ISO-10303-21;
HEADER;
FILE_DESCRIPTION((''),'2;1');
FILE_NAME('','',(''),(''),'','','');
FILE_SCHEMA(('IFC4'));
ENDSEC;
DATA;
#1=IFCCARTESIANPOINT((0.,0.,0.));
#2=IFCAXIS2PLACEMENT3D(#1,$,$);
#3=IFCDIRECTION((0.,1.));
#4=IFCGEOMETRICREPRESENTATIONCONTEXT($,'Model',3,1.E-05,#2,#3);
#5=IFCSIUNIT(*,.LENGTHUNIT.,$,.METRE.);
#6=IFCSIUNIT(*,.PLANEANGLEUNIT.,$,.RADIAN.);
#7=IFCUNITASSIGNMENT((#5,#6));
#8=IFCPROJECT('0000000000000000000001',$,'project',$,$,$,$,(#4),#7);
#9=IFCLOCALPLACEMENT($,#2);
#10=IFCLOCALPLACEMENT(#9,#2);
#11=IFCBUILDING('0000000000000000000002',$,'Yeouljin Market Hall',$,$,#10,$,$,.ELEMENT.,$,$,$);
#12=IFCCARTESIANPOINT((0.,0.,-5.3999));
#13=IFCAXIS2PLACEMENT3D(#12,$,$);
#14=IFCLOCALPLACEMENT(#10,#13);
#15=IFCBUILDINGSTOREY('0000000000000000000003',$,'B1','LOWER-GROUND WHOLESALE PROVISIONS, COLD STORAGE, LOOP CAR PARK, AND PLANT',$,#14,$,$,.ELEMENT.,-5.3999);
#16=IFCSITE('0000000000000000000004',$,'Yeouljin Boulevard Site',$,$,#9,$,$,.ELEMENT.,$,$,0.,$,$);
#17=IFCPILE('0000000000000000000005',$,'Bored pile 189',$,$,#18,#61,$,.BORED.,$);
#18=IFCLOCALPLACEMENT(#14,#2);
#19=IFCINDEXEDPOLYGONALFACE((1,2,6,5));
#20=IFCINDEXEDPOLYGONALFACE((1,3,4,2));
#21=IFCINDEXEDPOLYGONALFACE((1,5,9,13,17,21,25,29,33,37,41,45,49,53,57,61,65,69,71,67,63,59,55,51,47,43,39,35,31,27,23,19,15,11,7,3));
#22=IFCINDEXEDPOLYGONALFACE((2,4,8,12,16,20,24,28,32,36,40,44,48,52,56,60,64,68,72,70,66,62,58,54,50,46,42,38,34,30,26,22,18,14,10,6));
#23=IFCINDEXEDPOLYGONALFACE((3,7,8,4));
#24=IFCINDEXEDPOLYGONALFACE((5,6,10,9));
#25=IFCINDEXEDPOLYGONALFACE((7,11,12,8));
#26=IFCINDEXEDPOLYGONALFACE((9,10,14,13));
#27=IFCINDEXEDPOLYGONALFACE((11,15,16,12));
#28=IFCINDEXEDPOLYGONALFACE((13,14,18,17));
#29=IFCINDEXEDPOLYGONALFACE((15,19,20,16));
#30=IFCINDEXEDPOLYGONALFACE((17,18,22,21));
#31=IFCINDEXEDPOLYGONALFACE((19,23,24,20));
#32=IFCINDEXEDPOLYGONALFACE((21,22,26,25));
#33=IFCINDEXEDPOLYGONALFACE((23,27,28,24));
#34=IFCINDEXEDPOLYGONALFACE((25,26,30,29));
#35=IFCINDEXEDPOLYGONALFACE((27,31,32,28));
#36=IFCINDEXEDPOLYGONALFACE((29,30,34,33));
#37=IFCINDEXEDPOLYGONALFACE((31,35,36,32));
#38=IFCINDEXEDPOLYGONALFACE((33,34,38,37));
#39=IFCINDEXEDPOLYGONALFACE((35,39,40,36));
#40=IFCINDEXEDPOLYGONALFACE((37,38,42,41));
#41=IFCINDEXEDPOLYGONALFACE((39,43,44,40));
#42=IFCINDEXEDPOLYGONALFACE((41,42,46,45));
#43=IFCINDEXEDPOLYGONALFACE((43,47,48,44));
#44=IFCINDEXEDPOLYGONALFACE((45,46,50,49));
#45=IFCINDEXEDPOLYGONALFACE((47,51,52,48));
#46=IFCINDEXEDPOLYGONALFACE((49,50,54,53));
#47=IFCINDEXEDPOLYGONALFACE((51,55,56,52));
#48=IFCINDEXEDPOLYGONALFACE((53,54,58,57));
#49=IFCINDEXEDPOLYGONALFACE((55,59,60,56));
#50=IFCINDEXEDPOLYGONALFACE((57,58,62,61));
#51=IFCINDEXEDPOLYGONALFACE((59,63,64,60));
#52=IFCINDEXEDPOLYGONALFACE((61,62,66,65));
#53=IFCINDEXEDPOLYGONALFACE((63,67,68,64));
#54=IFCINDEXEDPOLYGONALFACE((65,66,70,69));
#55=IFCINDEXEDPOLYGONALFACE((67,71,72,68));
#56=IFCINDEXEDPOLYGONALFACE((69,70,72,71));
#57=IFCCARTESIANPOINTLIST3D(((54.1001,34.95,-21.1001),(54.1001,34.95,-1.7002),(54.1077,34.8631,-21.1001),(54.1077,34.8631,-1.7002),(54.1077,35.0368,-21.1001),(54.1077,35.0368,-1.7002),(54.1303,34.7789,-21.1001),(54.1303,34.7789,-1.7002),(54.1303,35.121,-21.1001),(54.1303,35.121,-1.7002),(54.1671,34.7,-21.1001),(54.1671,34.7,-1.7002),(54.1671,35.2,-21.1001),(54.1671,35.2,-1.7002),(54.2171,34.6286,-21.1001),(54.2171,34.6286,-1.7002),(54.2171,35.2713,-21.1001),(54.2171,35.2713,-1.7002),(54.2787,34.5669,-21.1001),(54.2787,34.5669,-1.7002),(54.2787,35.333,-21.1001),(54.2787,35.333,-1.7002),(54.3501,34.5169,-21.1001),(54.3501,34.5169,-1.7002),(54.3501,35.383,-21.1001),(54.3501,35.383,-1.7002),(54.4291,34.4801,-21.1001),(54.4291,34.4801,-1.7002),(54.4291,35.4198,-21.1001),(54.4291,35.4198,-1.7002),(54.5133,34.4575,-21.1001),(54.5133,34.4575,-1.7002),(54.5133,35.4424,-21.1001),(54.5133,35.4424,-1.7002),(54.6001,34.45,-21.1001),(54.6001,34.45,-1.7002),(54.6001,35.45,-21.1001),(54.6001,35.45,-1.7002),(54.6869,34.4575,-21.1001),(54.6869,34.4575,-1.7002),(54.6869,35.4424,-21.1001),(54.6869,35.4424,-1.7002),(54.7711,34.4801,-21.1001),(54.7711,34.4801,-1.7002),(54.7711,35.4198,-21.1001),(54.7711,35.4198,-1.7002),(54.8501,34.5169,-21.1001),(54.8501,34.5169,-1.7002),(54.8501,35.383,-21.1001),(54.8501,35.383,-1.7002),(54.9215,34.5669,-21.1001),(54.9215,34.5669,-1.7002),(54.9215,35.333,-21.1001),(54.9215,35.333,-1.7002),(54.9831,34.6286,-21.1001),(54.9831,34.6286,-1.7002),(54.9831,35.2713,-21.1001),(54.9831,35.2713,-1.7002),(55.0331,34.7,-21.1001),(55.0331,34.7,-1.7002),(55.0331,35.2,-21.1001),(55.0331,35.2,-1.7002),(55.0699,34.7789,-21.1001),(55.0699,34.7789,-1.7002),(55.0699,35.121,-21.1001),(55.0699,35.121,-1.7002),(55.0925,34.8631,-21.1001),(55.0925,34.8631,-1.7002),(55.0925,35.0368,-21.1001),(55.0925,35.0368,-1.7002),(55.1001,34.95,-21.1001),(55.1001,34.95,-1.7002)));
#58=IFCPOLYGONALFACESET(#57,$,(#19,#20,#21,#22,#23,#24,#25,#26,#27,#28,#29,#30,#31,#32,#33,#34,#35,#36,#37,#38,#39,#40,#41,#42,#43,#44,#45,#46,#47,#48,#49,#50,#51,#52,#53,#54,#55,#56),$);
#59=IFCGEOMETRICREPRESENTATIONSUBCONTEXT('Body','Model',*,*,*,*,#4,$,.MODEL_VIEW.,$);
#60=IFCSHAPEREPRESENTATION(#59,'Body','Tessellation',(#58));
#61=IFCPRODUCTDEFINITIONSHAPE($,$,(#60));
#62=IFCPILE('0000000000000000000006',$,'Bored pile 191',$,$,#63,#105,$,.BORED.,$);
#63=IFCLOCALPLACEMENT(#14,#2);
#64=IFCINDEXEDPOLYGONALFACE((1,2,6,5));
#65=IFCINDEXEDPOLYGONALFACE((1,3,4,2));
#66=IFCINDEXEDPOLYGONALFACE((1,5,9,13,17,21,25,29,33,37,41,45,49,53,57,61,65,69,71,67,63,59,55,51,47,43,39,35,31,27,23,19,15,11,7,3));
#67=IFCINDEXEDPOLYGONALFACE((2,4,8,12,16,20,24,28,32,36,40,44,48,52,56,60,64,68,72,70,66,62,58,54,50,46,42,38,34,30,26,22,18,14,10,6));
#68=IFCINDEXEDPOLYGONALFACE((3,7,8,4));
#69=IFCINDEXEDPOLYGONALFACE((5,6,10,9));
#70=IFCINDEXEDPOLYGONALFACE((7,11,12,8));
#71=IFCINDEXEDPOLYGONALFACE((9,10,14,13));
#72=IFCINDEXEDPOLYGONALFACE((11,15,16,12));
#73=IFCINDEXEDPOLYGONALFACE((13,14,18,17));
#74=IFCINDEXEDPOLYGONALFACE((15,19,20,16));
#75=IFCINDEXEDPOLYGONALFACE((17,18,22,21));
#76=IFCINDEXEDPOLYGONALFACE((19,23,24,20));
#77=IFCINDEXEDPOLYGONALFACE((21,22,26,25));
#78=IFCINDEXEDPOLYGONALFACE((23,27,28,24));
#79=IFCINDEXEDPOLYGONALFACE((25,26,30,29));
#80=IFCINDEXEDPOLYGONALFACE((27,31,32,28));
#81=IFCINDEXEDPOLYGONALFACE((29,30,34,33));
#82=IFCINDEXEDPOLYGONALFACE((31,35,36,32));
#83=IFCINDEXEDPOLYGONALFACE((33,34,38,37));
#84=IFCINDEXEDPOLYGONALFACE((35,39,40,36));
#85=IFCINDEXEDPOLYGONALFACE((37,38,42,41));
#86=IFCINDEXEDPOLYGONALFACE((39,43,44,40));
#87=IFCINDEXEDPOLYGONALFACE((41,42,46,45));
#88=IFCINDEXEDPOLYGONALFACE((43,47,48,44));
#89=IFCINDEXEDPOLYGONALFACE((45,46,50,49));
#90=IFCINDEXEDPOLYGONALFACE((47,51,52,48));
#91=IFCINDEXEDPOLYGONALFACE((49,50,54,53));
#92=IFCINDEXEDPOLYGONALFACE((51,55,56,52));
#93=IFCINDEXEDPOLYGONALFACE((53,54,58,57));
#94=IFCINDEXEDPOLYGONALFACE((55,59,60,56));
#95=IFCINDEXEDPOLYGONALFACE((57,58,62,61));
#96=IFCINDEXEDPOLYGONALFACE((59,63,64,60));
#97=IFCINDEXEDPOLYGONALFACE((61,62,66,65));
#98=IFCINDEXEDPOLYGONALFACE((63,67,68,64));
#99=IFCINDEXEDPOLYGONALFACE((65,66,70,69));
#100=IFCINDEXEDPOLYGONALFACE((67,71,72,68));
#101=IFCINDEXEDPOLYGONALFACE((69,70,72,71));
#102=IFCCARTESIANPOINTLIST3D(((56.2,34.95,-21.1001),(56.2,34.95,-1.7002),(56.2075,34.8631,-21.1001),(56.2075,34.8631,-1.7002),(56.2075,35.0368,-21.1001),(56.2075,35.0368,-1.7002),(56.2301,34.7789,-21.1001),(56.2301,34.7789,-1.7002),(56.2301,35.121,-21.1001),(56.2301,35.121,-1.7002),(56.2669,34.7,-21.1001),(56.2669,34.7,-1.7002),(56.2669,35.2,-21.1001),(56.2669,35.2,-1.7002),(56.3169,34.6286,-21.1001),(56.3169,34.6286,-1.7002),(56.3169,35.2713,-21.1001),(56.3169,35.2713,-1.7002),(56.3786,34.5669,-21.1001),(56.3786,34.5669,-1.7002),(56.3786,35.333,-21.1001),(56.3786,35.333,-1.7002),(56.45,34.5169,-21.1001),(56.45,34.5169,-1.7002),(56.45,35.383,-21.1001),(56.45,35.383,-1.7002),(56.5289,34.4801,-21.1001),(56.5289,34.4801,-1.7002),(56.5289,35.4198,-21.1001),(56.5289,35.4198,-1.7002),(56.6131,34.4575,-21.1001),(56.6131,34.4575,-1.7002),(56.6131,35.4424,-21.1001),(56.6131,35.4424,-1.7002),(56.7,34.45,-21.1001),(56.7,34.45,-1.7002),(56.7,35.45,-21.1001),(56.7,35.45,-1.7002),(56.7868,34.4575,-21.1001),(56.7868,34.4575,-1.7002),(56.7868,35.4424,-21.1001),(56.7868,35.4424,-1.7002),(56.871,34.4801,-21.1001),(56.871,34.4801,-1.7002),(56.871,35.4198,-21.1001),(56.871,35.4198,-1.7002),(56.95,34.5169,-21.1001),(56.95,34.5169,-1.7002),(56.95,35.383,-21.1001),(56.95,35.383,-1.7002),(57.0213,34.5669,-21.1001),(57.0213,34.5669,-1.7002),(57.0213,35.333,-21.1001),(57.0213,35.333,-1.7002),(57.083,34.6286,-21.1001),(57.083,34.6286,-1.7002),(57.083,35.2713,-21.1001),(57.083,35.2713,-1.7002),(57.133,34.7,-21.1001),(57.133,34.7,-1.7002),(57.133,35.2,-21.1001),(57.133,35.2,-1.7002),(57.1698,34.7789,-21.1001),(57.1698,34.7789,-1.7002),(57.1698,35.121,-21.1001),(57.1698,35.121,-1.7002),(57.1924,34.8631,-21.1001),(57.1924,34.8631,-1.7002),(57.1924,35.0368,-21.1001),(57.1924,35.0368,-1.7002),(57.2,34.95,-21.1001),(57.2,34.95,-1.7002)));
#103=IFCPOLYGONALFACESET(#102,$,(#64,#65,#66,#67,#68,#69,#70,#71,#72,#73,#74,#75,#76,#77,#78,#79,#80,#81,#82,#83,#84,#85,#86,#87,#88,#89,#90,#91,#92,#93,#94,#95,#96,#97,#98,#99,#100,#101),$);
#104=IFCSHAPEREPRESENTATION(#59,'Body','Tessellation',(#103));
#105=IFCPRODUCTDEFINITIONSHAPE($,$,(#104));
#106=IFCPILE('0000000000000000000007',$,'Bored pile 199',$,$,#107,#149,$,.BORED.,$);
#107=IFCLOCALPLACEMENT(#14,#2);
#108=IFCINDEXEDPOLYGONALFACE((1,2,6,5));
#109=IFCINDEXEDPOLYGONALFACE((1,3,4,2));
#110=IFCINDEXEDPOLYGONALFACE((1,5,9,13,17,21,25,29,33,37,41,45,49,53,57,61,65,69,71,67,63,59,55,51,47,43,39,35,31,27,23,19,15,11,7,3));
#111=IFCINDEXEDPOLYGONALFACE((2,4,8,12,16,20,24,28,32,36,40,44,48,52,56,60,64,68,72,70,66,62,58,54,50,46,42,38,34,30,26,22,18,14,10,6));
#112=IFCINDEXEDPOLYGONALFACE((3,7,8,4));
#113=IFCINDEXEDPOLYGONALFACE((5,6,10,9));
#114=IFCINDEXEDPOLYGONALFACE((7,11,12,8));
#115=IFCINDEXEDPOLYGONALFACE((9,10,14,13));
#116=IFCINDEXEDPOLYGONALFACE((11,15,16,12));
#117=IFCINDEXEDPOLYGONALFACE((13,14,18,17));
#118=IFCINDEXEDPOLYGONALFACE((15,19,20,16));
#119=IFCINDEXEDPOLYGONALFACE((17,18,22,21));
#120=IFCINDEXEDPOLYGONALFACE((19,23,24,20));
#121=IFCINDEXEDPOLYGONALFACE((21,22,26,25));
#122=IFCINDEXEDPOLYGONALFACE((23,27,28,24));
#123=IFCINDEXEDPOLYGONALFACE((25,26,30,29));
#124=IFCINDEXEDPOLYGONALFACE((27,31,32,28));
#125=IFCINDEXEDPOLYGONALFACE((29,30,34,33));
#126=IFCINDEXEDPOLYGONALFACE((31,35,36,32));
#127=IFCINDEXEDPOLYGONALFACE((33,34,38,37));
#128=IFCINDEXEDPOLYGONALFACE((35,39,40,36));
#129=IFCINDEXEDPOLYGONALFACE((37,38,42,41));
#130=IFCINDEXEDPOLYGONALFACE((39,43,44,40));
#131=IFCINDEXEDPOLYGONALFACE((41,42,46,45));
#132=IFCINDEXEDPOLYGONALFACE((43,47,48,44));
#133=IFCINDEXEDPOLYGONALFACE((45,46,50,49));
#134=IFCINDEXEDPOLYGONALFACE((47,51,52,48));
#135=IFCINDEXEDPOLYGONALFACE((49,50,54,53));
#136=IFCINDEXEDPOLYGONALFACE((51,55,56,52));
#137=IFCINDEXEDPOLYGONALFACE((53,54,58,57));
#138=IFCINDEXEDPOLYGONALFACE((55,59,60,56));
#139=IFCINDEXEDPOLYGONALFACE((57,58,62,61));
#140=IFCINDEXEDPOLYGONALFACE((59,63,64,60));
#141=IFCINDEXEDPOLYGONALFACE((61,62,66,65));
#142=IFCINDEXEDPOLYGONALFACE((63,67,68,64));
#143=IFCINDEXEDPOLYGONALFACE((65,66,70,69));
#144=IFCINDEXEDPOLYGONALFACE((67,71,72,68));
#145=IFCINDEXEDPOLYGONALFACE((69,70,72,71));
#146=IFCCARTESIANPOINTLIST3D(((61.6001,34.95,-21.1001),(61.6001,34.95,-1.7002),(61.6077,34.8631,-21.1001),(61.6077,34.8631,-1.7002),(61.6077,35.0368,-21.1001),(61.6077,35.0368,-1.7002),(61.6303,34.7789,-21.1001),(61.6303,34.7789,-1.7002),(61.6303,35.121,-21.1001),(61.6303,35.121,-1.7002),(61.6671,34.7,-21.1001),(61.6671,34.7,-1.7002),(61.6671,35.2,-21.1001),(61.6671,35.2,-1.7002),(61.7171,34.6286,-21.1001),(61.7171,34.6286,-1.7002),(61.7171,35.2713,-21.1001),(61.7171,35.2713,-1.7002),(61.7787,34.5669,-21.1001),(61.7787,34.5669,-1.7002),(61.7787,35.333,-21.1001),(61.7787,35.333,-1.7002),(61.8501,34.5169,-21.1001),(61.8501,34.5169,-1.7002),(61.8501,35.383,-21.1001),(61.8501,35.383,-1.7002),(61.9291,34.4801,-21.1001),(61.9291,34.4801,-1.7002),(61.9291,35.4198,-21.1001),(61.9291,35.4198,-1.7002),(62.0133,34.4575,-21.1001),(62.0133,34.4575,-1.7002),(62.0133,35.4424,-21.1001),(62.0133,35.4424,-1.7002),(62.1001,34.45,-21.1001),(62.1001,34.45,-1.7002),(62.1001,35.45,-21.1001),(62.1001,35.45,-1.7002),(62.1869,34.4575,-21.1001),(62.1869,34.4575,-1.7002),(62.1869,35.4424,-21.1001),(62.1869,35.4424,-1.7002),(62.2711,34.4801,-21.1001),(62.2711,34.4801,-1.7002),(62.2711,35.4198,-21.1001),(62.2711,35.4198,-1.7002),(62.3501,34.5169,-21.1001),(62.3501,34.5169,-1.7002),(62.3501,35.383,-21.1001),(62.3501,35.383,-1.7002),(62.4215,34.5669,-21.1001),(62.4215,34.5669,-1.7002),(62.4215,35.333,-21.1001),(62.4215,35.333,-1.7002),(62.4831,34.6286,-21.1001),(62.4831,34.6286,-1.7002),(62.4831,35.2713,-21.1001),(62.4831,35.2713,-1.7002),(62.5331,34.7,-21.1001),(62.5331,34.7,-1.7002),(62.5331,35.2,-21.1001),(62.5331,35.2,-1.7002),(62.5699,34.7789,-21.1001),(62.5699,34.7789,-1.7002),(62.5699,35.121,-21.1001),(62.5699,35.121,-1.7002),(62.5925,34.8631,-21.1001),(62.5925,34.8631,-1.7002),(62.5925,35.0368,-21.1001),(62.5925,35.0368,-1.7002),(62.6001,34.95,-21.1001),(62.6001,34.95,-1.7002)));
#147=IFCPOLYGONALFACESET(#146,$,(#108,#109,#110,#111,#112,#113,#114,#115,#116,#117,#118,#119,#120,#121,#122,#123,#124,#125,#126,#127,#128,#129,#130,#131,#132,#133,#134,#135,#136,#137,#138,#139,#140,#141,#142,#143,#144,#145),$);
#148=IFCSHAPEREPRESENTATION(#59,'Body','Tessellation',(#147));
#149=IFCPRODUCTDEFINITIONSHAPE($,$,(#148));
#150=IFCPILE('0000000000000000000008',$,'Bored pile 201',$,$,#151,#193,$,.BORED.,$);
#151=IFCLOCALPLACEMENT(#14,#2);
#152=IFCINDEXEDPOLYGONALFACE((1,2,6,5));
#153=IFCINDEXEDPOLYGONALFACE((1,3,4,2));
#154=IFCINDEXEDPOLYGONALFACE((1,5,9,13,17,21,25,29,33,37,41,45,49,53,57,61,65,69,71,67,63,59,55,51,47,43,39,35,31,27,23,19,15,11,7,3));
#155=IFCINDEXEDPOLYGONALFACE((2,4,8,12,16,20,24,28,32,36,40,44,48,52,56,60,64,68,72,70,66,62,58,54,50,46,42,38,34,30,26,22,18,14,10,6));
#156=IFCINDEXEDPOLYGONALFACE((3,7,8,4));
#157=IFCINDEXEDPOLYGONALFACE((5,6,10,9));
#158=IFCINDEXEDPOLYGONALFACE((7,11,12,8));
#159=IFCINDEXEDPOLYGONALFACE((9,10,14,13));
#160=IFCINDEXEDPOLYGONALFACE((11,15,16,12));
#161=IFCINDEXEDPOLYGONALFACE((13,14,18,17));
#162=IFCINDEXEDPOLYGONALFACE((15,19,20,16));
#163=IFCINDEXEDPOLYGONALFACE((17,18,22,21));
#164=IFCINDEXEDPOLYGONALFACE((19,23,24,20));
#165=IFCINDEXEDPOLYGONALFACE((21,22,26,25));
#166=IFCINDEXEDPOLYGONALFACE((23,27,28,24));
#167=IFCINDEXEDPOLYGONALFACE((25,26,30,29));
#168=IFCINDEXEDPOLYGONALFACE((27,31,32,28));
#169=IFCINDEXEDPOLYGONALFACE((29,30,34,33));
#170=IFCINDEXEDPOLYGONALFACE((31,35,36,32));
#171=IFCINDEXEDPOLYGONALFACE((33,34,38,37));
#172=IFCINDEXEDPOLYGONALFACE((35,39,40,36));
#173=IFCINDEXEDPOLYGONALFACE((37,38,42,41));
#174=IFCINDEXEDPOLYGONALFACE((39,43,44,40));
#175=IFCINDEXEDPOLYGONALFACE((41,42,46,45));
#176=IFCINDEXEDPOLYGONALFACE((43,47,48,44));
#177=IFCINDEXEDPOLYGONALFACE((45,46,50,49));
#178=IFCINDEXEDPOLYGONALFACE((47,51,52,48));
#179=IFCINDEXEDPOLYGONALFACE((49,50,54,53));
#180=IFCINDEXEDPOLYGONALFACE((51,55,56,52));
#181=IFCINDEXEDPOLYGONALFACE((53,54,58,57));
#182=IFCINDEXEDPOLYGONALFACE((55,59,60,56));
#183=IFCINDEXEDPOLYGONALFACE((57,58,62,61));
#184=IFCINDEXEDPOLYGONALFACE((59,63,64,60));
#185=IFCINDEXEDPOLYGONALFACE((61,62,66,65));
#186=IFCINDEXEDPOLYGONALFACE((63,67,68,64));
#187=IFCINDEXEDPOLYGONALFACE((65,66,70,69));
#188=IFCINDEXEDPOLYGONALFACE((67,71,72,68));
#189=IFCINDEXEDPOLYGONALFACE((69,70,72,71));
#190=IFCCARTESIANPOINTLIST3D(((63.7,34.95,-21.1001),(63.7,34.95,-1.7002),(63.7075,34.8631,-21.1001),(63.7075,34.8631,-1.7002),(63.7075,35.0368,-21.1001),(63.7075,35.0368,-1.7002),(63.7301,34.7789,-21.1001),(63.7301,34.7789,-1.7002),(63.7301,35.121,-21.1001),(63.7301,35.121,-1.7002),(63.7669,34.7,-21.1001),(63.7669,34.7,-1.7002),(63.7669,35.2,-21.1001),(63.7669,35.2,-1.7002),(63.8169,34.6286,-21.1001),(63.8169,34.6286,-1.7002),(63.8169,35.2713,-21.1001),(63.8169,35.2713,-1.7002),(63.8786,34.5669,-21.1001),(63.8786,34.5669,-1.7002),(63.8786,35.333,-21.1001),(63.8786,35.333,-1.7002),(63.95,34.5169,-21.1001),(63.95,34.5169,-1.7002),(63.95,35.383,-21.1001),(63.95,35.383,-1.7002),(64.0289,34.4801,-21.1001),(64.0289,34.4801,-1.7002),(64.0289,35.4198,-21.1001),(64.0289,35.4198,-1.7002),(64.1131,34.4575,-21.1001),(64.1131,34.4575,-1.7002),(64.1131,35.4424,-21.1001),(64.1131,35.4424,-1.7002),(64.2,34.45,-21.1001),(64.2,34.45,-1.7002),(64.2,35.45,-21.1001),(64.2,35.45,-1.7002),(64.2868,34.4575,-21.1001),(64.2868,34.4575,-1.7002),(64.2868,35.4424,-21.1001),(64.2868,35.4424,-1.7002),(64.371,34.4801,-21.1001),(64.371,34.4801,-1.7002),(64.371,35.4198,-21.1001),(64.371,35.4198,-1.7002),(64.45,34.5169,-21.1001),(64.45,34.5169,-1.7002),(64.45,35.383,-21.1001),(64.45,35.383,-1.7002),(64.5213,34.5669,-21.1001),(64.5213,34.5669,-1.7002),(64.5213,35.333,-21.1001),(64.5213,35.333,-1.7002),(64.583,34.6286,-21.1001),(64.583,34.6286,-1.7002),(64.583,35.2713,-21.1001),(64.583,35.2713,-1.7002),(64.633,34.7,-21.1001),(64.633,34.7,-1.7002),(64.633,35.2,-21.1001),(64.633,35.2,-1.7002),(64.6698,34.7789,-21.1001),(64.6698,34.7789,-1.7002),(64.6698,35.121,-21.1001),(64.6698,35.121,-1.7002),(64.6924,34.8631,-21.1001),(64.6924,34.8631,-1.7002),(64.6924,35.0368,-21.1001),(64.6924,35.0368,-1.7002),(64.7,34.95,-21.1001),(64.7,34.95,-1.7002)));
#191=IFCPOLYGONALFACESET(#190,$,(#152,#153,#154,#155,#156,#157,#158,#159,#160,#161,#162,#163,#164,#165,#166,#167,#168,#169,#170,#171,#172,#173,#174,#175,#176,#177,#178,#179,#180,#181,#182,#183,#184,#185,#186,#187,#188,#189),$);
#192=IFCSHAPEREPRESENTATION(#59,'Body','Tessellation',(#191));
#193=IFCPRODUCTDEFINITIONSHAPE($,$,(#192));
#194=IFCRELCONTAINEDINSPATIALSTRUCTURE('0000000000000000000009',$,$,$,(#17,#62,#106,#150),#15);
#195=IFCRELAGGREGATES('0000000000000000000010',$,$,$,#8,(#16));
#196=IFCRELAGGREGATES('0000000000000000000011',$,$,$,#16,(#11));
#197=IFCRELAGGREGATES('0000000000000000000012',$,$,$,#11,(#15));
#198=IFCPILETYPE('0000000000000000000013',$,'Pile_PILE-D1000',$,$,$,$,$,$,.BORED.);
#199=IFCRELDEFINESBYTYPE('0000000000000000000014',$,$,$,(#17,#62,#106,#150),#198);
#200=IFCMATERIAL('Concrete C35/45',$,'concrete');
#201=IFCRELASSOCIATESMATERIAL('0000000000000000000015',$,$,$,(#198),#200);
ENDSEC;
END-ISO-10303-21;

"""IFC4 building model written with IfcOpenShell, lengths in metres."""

from ifc_helpers import new_model, si_unit, direction, frame, origin, origin_2d, place, context, subcontext, project, spatial, circle, extrude, material, material_profile, profile_set, type_object, element, save


model = new_model("IFC4")

# Units and contexts
model_context = context("Model", 3, precision=1e-05, world=origin(), true_north=direction((0.0, 1.0)))
body_context = subcontext(model_context, "Body", "Model", "MODEL_VIEW")
ifc_project = project(units=[si_unit("LENGTHUNIT", "METRE"), si_unit("PLANEANGLEUNIT", "RADIAN")], contexts=[model_context])

# Site, building, storey
site_placement = place(None, origin())
site = spatial("IfcSite", under=ifc_project, at=site_placement, Name="Yeouljin Boulevard Site", CompositionType="ELEMENT", RefElevation=0.0)
building_placement = place(site_placement, origin())
building = spatial("IfcBuilding", under=site, at=building_placement, Name="Yeouljin Market Hall", CompositionType="ELEMENT")
storey_placement = place(building_placement, frame((0.0, 0.0, -5.3999)))
storey = spatial("IfcBuildingStorey", under=building, at=storey_placement, Name="B1", Description="LOWER-GROUND WHOLESALE PROVISIONS, COLD STORAGE, LOOP CAR PARK, AND PLANT", CompositionType="ELEMENT", Elevation=-5.3999)

# Piles
ifc_material_1 = material(Name="Concrete C35/45", Category="concrete")
ifc_material_profile_1 = material_profile(ifc_material_1, circle(Radius=0.5, at=origin_2d()), Name="PILE-D1000")
ifc_profile_set_1 = profile_set([ifc_material_profile_1], Name="Concrete C35/45")
pile_type_1 = type_object("IfcPileType", Name="Pile_PILE-D1000", PredefinedType="BORED", material=ifc_profile_set_1)
for number, where, z_axis, x_axis, name in (
    (1, (54.6001, 34.95, -1.7002), (0.0, 0.0, -1.0), (1.0, 0.0, 0.0), "Bored pile 189"),
    (2, (56.7, 34.95, -1.7002), (0.0, 0.0, -1.0), (1.0, 0.0, 0.0), "Bored pile 191"),
    (3, (62.1001, 34.95, -1.7002), (0.0, 0.0, -1.0), (1.0, 0.0, 0.0), "Bored pile 199"),
    (4, (64.2, 34.95, -1.7002), (0.0, 0.0, -1.0), (1.0, 0.0, 0.0), "Bored pile 201"),
):
    element("IfcPile", number, at=place(storey_placement, frame(where, z_axis=z_axis, x_axis=x_axis)), inside=storey, type_object=pile_type_1, Name=name, PredefinedType="BORED", context=body_context, shape_type="SweptSolid", body=[
        extrude(circle(Radius=0.5, at=origin_2d()), origin(), (0.0, 0.0, 1.0), 19.3999),
    ])

save(model, "model.ifc")
